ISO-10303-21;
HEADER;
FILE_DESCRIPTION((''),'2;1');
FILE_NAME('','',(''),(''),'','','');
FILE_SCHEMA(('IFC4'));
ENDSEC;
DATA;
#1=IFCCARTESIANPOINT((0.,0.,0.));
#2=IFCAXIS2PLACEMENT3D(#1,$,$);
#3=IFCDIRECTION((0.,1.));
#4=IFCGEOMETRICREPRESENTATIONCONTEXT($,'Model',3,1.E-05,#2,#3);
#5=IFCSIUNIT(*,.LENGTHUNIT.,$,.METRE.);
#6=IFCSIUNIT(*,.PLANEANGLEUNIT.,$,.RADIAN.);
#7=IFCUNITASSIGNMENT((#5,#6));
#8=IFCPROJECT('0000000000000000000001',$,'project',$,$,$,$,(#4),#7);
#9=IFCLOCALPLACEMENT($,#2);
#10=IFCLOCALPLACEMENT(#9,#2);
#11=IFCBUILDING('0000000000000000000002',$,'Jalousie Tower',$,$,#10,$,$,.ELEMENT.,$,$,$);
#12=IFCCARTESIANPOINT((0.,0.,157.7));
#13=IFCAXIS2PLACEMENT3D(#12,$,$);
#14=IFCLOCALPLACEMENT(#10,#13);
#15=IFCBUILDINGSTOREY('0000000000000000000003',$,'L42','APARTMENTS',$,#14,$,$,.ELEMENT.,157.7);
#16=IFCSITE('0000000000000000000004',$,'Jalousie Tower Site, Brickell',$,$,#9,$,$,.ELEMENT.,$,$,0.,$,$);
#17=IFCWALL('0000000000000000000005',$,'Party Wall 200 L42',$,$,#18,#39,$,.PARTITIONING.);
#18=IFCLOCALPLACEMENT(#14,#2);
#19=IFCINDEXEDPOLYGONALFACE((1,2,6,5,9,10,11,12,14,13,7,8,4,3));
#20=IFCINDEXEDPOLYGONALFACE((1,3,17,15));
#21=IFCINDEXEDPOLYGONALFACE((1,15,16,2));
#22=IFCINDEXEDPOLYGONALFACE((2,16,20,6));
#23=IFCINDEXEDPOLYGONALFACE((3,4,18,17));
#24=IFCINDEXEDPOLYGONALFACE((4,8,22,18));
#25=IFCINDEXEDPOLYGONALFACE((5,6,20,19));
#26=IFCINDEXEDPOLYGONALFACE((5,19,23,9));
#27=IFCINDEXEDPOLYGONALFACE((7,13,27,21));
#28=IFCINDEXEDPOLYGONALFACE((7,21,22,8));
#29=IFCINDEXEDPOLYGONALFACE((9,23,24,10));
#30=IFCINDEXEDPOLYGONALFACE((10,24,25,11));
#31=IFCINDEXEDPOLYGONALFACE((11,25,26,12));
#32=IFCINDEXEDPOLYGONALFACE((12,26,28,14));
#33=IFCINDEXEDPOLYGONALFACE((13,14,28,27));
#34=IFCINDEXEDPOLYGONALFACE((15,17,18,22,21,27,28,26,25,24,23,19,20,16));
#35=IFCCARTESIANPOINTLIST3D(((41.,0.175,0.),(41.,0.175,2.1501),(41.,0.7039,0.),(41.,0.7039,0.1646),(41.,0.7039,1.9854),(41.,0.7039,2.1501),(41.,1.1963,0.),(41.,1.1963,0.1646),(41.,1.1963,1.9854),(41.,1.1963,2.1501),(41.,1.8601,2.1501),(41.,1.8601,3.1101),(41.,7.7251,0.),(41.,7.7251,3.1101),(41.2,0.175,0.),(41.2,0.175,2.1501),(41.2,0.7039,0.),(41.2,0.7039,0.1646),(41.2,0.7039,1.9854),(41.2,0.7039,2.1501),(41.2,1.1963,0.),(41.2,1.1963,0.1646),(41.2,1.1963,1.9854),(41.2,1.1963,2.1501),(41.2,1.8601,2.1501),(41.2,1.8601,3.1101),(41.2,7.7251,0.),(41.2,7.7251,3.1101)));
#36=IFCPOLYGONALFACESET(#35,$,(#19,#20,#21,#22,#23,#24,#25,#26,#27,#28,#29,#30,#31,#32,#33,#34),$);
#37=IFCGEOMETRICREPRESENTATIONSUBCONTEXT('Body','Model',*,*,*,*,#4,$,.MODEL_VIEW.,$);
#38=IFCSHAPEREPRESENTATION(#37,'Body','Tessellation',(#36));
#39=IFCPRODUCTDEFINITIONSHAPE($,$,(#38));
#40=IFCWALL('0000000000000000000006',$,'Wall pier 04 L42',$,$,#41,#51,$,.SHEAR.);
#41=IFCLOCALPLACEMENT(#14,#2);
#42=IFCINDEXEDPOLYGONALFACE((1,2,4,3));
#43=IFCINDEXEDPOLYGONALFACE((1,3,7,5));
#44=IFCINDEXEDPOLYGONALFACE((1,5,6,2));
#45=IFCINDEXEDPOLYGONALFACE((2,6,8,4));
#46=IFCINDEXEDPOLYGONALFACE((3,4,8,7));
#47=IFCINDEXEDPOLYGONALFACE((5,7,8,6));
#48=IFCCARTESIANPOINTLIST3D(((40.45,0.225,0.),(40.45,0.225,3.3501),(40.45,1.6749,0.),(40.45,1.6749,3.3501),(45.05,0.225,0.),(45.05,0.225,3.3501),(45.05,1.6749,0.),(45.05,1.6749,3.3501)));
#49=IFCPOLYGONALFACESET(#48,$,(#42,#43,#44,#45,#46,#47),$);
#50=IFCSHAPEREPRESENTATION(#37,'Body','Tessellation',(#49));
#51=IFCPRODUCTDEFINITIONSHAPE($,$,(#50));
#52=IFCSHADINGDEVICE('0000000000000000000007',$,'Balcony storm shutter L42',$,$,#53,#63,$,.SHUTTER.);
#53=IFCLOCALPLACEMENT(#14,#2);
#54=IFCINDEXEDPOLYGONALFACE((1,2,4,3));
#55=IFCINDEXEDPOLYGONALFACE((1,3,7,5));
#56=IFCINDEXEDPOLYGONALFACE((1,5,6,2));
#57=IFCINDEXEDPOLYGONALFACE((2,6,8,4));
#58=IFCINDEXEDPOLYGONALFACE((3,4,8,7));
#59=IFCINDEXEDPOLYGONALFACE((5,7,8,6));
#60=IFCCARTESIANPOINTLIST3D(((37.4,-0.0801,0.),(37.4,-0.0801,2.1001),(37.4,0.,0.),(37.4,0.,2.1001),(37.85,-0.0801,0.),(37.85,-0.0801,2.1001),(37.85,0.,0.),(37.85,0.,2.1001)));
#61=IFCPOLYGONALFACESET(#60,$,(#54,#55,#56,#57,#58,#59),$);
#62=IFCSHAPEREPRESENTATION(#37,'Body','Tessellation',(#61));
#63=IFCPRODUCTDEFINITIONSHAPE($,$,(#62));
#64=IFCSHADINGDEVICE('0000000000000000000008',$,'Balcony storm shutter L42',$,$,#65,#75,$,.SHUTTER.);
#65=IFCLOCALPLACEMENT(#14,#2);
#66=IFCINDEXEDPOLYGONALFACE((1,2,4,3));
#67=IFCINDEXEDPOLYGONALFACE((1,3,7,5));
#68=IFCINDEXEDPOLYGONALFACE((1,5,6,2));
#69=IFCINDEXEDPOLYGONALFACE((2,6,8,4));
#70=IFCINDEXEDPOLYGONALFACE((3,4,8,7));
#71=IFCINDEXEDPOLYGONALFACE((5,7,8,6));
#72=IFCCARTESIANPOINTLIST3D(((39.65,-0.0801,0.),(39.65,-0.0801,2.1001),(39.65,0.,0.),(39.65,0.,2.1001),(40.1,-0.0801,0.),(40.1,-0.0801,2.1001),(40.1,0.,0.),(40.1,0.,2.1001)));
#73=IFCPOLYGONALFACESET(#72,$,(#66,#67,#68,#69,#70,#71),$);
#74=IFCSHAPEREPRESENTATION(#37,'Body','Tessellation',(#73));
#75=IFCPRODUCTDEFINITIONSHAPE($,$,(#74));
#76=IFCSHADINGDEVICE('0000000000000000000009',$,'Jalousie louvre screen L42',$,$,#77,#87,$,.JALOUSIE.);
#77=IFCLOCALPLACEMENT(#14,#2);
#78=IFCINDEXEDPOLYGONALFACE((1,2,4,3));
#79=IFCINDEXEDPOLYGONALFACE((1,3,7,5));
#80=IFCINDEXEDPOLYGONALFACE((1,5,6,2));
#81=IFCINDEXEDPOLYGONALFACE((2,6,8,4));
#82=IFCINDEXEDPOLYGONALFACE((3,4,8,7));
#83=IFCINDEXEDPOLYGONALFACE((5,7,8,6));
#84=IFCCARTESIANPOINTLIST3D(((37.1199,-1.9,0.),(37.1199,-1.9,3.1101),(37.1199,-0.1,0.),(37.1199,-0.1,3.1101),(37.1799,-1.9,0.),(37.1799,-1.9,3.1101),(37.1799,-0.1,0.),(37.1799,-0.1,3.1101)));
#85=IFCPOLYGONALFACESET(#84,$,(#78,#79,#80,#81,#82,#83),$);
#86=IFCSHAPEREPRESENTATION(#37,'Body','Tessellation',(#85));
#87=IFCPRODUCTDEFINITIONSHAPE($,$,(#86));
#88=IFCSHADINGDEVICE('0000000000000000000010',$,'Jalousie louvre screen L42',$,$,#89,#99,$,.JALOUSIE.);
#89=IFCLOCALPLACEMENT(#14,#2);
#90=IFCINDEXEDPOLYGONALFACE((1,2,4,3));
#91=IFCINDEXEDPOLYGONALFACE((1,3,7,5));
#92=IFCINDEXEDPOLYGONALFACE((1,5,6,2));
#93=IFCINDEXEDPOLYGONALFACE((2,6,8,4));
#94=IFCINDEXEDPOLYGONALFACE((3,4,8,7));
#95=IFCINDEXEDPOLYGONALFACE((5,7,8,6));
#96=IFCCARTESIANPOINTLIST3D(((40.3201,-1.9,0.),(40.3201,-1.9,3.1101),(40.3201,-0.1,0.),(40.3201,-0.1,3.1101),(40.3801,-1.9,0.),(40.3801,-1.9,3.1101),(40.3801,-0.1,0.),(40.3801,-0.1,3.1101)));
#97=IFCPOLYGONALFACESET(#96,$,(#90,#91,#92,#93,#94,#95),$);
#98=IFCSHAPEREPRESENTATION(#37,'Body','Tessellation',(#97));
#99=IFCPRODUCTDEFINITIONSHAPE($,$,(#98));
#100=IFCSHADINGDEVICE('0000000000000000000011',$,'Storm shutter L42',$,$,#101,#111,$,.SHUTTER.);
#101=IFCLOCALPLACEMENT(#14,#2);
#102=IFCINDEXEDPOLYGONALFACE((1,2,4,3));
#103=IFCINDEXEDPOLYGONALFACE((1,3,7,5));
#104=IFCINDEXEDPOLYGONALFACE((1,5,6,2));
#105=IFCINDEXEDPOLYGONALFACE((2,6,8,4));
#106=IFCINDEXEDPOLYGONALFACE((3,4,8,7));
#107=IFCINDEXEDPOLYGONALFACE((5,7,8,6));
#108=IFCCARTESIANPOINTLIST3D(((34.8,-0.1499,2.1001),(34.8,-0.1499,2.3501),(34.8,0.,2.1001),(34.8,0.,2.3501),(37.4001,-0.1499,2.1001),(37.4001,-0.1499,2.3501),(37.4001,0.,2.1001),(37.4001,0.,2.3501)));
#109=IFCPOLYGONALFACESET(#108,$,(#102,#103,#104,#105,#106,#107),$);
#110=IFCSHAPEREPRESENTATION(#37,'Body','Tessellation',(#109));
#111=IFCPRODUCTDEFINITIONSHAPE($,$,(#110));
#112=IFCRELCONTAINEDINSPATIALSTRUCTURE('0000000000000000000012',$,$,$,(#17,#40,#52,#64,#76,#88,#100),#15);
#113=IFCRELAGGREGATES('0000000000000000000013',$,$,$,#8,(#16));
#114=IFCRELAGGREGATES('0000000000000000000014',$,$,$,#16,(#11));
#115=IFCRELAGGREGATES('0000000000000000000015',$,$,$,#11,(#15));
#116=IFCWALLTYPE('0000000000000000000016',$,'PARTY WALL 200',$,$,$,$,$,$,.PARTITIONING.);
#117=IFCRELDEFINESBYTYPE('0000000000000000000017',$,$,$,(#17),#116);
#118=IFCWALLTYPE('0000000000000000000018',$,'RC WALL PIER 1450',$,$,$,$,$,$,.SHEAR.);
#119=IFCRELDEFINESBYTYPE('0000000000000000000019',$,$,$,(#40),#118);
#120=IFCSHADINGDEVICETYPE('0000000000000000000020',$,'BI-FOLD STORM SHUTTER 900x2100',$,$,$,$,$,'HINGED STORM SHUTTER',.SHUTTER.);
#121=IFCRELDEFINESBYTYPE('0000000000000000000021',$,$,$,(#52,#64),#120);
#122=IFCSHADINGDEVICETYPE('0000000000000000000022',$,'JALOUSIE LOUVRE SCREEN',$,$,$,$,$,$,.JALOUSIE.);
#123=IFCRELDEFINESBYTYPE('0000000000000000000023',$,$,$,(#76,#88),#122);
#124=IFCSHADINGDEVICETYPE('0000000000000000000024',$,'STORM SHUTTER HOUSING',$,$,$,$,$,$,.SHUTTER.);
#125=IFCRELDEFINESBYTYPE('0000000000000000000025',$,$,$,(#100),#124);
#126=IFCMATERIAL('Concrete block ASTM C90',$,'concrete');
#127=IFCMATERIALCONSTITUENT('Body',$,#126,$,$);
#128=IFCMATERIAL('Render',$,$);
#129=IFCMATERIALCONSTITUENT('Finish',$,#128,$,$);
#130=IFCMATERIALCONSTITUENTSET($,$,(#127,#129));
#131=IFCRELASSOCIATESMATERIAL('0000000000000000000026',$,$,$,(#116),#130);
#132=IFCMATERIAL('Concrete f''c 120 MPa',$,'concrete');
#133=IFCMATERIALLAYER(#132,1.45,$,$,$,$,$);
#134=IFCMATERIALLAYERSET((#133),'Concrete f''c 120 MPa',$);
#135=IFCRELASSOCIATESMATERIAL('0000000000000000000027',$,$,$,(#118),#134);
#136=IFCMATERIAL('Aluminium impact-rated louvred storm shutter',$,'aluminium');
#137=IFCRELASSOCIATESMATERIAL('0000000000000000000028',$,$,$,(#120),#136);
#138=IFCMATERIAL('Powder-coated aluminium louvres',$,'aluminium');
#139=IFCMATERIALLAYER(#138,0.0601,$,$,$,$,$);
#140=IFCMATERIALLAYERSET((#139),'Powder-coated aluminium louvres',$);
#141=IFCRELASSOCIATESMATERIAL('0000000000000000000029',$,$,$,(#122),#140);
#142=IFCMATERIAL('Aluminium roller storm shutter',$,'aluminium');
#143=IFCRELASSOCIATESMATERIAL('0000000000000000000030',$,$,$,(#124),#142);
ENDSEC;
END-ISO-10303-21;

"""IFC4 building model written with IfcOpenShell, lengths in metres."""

from ifc_helpers import new_model, si_unit, direction, frame, frame_2d, origin, origin_2d, place, context, subcontext, project, spatial, polyline, rectangle, outline, extrude, material, layer, layer_set, constituent, constituent_set, type_object, element, save


model = new_model("IFC4")

# Units and contexts
model_context = context("Model", 3, precision=1e-05, world=origin(), true_north=direction((0.0, 1.0)))
body_context = subcontext(model_context, "Body", "Model", "MODEL_VIEW")
ifc_project = project(units=[si_unit("LENGTHUNIT", "METRE"), si_unit("PLANEANGLEUNIT", "RADIAN")], contexts=[model_context])

# Site, building, storey
site_placement = place(None, origin())
site = spatial("IfcSite", under=ifc_project, at=site_placement, Name="Jalousie Tower Site, Brickell", CompositionType="ELEMENT", RefElevation=0.0)
building_placement = place(site_placement, origin())
building = spatial("IfcBuilding", under=site, at=building_placement, Name="Jalousie Tower", CompositionType="ELEMENT")
storey_placement = place(building_placement, frame((0.0, 0.0, 157.7)))
storey = spatial("IfcBuildingStorey", under=building, at=storey_placement, Name="L42", Description="APARTMENTS", CompositionType="ELEMENT", Elevation=157.7)

# Walls
ifc_material_1 = material(Name="Concrete block ASTM C90", Category="concrete")
ifc_constituent_1 = constituent(ifc_material_1, Name="Body")
ifc_material_2 = material(Name="Render")
ifc_constituent_2 = constituent(ifc_material_2, Name="Finish")
ifc_constituent_set_1 = constituent_set(constituents=[ifc_constituent_1, ifc_constituent_2])
wall_type_1 = type_object("IfcWallType", Name="PARTY WALL 200", PredefinedType="PARTITIONING", material=ifc_constituent_set_1)
wall_1_placement = place(storey_placement, frame((41.1001, 0.175, 0.0), z_axis=(0.0, 0.0, 1.0), x_axis=(0.0, 1.0, 0.0)))
element("IfcWall", 1, at=wall_1_placement, inside=storey, type_object=wall_type_1, Name="Party Wall 200 L42", PredefinedType="PARTITIONING", context=body_context, shape_type="SweptSolid", body=[
    extrude(outline(polyline([(0.5288, 2.1501), (0.0, 2.1501), (0.0, 0.0), (0.5288, 0.0), (0.5288, 0.1646), (1.0212, 0.1646), (1.0212, 0.0), (7.55, 0.0), (7.55, 3.1101), (1.6851, 3.1101), (1.6851, 2.1501), (1.0212, 2.1501), (1.0212, 1.9854), (0.5288, 1.9854), (0.5288, 2.1501)])), frame((0.0, 0.1001, 0.0), z_axis=(0.0, -1.0, 0.0), x_axis=(1.0, 0.0, 0.0)), (0.0, 0.0, 1.0), 0.2),
])
ifc_material_3 = material(Name="Concrete f'c 120 MPa", Category="concrete")
ifc_layer_1 = layer(ifc_material_3, 1.45)
ifc_layer_set_1 = layer_set([ifc_layer_1], Name="Concrete f'c 120 MPa")
wall_type_2 = type_object("IfcWallType", Name="RC WALL PIER 1450", PredefinedType="SHEAR", material=ifc_layer_set_1)
wall_2_placement = place(storey_placement, frame((40.45, 0.95, 0.0), z_axis=(0.0, 0.0, 1.0), x_axis=(1.0, 0.0, 0.0)))
element("IfcWall", 2, at=wall_2_placement, inside=storey, type_object=wall_type_2, Name="Wall pier 04 L42", PredefinedType="SHEAR", context=body_context, shape_type="SweptSolid", body=[
    extrude(rectangle(XDim=4.6001, YDim=1.45, at=frame_2d((2.3, 0.0))), origin(), (0.0, 0.0, 1.0), 3.3501),
])

# Shading devices
ifc_material_4 = material(Name="Aluminium impact-rated louvred storm shutter", Category="aluminium")
shading_device_type_1 = type_object("IfcShadingDeviceType", Name="BI-FOLD STORM SHUTTER 900x2100", ElementType="HINGED STORM SHUTTER", PredefinedType="SHUTTER", material=ifc_material_4)
for number, where, z_axis, x_axis, name in (
    (3, (37.625, -0.04, 0.0), (0.0, 0.0, 1.0), (1.0, 0.0, 0.0), "Balcony storm shutter L42"),
    (4, (39.875, -0.04, 0.0), (0.0, 0.0, 1.0), (1.0, 0.0, 0.0), "Balcony storm shutter L42"),
):
    element("IfcShadingDevice", number, at=place(storey_placement, frame(where, z_axis=z_axis, x_axis=x_axis)), inside=storey, type_object=shading_device_type_1, Name=name, PredefinedType="SHUTTER", context=body_context, shape_type="SweptSolid", body=[
        extrude(rectangle(XDim=0.45, YDim=0.0801, at=origin_2d()), origin(), (0.0, 0.0, 1.0), 2.1001),
    ])

# Shading devices
ifc_material_5 = material(Name="Powder-coated aluminium louvres", Category="aluminium")
ifc_layer_2 = layer(ifc_material_5, 0.0601)
ifc_layer_set_2 = layer_set([ifc_layer_2], Name="Powder-coated aluminium louvres")
shading_device_type_2 = type_object("IfcShadingDeviceType", Name="JALOUSIE LOUVRE SCREEN", PredefinedType="JALOUSIE", material=ifc_layer_set_2)
for number, where, z_axis, x_axis, name in (
    (5, (37.1499, -1.0, 0.0), (0.0, 0.0, 1.0), (1.0, 0.0, 0.0), "Jalousie louvre screen L42"),
    (6, (40.3501, -1.0, 0.0), (0.0, 0.0, 1.0), (1.0, 0.0, 0.0), "Jalousie louvre screen L42"),
):
    element("IfcShadingDevice", number, at=place(storey_placement, frame(where, z_axis=z_axis, x_axis=x_axis)), inside=storey, type_object=shading_device_type_2, Name=name, PredefinedType="JALOUSIE", context=body_context, shape_type="SweptSolid", body=[
        extrude(rectangle(XDim=0.0601, YDim=1.8, at=origin_2d()), origin(), (0.0, 0.0, 1.0), 3.1101),
    ])
ifc_material_6 = material(Name="Aluminium roller storm shutter", Category="aluminium")
shading_device_type_3 = type_object("IfcShadingDeviceType", Name="STORM SHUTTER HOUSING", PredefinedType="SHUTTER", material=ifc_material_6)
shading_device_placement = place(storey_placement, frame((36.1001, -0.075, 2.1001), z_axis=(0.0, 0.0, 1.0), x_axis=(1.0, 0.0, 0.0)))
element("IfcShadingDevice", 7, at=shading_device_placement, inside=storey, type_object=shading_device_type_3, Name="Storm shutter L42", PredefinedType="SHUTTER", context=body_context, shape_type="SweptSolid", body=[
    extrude(rectangle(XDim=2.6001, YDim=0.1499, at=origin_2d()), origin(), (0.0, 0.0, 1.0), 0.25),
])

save(model, "model.ifc")
